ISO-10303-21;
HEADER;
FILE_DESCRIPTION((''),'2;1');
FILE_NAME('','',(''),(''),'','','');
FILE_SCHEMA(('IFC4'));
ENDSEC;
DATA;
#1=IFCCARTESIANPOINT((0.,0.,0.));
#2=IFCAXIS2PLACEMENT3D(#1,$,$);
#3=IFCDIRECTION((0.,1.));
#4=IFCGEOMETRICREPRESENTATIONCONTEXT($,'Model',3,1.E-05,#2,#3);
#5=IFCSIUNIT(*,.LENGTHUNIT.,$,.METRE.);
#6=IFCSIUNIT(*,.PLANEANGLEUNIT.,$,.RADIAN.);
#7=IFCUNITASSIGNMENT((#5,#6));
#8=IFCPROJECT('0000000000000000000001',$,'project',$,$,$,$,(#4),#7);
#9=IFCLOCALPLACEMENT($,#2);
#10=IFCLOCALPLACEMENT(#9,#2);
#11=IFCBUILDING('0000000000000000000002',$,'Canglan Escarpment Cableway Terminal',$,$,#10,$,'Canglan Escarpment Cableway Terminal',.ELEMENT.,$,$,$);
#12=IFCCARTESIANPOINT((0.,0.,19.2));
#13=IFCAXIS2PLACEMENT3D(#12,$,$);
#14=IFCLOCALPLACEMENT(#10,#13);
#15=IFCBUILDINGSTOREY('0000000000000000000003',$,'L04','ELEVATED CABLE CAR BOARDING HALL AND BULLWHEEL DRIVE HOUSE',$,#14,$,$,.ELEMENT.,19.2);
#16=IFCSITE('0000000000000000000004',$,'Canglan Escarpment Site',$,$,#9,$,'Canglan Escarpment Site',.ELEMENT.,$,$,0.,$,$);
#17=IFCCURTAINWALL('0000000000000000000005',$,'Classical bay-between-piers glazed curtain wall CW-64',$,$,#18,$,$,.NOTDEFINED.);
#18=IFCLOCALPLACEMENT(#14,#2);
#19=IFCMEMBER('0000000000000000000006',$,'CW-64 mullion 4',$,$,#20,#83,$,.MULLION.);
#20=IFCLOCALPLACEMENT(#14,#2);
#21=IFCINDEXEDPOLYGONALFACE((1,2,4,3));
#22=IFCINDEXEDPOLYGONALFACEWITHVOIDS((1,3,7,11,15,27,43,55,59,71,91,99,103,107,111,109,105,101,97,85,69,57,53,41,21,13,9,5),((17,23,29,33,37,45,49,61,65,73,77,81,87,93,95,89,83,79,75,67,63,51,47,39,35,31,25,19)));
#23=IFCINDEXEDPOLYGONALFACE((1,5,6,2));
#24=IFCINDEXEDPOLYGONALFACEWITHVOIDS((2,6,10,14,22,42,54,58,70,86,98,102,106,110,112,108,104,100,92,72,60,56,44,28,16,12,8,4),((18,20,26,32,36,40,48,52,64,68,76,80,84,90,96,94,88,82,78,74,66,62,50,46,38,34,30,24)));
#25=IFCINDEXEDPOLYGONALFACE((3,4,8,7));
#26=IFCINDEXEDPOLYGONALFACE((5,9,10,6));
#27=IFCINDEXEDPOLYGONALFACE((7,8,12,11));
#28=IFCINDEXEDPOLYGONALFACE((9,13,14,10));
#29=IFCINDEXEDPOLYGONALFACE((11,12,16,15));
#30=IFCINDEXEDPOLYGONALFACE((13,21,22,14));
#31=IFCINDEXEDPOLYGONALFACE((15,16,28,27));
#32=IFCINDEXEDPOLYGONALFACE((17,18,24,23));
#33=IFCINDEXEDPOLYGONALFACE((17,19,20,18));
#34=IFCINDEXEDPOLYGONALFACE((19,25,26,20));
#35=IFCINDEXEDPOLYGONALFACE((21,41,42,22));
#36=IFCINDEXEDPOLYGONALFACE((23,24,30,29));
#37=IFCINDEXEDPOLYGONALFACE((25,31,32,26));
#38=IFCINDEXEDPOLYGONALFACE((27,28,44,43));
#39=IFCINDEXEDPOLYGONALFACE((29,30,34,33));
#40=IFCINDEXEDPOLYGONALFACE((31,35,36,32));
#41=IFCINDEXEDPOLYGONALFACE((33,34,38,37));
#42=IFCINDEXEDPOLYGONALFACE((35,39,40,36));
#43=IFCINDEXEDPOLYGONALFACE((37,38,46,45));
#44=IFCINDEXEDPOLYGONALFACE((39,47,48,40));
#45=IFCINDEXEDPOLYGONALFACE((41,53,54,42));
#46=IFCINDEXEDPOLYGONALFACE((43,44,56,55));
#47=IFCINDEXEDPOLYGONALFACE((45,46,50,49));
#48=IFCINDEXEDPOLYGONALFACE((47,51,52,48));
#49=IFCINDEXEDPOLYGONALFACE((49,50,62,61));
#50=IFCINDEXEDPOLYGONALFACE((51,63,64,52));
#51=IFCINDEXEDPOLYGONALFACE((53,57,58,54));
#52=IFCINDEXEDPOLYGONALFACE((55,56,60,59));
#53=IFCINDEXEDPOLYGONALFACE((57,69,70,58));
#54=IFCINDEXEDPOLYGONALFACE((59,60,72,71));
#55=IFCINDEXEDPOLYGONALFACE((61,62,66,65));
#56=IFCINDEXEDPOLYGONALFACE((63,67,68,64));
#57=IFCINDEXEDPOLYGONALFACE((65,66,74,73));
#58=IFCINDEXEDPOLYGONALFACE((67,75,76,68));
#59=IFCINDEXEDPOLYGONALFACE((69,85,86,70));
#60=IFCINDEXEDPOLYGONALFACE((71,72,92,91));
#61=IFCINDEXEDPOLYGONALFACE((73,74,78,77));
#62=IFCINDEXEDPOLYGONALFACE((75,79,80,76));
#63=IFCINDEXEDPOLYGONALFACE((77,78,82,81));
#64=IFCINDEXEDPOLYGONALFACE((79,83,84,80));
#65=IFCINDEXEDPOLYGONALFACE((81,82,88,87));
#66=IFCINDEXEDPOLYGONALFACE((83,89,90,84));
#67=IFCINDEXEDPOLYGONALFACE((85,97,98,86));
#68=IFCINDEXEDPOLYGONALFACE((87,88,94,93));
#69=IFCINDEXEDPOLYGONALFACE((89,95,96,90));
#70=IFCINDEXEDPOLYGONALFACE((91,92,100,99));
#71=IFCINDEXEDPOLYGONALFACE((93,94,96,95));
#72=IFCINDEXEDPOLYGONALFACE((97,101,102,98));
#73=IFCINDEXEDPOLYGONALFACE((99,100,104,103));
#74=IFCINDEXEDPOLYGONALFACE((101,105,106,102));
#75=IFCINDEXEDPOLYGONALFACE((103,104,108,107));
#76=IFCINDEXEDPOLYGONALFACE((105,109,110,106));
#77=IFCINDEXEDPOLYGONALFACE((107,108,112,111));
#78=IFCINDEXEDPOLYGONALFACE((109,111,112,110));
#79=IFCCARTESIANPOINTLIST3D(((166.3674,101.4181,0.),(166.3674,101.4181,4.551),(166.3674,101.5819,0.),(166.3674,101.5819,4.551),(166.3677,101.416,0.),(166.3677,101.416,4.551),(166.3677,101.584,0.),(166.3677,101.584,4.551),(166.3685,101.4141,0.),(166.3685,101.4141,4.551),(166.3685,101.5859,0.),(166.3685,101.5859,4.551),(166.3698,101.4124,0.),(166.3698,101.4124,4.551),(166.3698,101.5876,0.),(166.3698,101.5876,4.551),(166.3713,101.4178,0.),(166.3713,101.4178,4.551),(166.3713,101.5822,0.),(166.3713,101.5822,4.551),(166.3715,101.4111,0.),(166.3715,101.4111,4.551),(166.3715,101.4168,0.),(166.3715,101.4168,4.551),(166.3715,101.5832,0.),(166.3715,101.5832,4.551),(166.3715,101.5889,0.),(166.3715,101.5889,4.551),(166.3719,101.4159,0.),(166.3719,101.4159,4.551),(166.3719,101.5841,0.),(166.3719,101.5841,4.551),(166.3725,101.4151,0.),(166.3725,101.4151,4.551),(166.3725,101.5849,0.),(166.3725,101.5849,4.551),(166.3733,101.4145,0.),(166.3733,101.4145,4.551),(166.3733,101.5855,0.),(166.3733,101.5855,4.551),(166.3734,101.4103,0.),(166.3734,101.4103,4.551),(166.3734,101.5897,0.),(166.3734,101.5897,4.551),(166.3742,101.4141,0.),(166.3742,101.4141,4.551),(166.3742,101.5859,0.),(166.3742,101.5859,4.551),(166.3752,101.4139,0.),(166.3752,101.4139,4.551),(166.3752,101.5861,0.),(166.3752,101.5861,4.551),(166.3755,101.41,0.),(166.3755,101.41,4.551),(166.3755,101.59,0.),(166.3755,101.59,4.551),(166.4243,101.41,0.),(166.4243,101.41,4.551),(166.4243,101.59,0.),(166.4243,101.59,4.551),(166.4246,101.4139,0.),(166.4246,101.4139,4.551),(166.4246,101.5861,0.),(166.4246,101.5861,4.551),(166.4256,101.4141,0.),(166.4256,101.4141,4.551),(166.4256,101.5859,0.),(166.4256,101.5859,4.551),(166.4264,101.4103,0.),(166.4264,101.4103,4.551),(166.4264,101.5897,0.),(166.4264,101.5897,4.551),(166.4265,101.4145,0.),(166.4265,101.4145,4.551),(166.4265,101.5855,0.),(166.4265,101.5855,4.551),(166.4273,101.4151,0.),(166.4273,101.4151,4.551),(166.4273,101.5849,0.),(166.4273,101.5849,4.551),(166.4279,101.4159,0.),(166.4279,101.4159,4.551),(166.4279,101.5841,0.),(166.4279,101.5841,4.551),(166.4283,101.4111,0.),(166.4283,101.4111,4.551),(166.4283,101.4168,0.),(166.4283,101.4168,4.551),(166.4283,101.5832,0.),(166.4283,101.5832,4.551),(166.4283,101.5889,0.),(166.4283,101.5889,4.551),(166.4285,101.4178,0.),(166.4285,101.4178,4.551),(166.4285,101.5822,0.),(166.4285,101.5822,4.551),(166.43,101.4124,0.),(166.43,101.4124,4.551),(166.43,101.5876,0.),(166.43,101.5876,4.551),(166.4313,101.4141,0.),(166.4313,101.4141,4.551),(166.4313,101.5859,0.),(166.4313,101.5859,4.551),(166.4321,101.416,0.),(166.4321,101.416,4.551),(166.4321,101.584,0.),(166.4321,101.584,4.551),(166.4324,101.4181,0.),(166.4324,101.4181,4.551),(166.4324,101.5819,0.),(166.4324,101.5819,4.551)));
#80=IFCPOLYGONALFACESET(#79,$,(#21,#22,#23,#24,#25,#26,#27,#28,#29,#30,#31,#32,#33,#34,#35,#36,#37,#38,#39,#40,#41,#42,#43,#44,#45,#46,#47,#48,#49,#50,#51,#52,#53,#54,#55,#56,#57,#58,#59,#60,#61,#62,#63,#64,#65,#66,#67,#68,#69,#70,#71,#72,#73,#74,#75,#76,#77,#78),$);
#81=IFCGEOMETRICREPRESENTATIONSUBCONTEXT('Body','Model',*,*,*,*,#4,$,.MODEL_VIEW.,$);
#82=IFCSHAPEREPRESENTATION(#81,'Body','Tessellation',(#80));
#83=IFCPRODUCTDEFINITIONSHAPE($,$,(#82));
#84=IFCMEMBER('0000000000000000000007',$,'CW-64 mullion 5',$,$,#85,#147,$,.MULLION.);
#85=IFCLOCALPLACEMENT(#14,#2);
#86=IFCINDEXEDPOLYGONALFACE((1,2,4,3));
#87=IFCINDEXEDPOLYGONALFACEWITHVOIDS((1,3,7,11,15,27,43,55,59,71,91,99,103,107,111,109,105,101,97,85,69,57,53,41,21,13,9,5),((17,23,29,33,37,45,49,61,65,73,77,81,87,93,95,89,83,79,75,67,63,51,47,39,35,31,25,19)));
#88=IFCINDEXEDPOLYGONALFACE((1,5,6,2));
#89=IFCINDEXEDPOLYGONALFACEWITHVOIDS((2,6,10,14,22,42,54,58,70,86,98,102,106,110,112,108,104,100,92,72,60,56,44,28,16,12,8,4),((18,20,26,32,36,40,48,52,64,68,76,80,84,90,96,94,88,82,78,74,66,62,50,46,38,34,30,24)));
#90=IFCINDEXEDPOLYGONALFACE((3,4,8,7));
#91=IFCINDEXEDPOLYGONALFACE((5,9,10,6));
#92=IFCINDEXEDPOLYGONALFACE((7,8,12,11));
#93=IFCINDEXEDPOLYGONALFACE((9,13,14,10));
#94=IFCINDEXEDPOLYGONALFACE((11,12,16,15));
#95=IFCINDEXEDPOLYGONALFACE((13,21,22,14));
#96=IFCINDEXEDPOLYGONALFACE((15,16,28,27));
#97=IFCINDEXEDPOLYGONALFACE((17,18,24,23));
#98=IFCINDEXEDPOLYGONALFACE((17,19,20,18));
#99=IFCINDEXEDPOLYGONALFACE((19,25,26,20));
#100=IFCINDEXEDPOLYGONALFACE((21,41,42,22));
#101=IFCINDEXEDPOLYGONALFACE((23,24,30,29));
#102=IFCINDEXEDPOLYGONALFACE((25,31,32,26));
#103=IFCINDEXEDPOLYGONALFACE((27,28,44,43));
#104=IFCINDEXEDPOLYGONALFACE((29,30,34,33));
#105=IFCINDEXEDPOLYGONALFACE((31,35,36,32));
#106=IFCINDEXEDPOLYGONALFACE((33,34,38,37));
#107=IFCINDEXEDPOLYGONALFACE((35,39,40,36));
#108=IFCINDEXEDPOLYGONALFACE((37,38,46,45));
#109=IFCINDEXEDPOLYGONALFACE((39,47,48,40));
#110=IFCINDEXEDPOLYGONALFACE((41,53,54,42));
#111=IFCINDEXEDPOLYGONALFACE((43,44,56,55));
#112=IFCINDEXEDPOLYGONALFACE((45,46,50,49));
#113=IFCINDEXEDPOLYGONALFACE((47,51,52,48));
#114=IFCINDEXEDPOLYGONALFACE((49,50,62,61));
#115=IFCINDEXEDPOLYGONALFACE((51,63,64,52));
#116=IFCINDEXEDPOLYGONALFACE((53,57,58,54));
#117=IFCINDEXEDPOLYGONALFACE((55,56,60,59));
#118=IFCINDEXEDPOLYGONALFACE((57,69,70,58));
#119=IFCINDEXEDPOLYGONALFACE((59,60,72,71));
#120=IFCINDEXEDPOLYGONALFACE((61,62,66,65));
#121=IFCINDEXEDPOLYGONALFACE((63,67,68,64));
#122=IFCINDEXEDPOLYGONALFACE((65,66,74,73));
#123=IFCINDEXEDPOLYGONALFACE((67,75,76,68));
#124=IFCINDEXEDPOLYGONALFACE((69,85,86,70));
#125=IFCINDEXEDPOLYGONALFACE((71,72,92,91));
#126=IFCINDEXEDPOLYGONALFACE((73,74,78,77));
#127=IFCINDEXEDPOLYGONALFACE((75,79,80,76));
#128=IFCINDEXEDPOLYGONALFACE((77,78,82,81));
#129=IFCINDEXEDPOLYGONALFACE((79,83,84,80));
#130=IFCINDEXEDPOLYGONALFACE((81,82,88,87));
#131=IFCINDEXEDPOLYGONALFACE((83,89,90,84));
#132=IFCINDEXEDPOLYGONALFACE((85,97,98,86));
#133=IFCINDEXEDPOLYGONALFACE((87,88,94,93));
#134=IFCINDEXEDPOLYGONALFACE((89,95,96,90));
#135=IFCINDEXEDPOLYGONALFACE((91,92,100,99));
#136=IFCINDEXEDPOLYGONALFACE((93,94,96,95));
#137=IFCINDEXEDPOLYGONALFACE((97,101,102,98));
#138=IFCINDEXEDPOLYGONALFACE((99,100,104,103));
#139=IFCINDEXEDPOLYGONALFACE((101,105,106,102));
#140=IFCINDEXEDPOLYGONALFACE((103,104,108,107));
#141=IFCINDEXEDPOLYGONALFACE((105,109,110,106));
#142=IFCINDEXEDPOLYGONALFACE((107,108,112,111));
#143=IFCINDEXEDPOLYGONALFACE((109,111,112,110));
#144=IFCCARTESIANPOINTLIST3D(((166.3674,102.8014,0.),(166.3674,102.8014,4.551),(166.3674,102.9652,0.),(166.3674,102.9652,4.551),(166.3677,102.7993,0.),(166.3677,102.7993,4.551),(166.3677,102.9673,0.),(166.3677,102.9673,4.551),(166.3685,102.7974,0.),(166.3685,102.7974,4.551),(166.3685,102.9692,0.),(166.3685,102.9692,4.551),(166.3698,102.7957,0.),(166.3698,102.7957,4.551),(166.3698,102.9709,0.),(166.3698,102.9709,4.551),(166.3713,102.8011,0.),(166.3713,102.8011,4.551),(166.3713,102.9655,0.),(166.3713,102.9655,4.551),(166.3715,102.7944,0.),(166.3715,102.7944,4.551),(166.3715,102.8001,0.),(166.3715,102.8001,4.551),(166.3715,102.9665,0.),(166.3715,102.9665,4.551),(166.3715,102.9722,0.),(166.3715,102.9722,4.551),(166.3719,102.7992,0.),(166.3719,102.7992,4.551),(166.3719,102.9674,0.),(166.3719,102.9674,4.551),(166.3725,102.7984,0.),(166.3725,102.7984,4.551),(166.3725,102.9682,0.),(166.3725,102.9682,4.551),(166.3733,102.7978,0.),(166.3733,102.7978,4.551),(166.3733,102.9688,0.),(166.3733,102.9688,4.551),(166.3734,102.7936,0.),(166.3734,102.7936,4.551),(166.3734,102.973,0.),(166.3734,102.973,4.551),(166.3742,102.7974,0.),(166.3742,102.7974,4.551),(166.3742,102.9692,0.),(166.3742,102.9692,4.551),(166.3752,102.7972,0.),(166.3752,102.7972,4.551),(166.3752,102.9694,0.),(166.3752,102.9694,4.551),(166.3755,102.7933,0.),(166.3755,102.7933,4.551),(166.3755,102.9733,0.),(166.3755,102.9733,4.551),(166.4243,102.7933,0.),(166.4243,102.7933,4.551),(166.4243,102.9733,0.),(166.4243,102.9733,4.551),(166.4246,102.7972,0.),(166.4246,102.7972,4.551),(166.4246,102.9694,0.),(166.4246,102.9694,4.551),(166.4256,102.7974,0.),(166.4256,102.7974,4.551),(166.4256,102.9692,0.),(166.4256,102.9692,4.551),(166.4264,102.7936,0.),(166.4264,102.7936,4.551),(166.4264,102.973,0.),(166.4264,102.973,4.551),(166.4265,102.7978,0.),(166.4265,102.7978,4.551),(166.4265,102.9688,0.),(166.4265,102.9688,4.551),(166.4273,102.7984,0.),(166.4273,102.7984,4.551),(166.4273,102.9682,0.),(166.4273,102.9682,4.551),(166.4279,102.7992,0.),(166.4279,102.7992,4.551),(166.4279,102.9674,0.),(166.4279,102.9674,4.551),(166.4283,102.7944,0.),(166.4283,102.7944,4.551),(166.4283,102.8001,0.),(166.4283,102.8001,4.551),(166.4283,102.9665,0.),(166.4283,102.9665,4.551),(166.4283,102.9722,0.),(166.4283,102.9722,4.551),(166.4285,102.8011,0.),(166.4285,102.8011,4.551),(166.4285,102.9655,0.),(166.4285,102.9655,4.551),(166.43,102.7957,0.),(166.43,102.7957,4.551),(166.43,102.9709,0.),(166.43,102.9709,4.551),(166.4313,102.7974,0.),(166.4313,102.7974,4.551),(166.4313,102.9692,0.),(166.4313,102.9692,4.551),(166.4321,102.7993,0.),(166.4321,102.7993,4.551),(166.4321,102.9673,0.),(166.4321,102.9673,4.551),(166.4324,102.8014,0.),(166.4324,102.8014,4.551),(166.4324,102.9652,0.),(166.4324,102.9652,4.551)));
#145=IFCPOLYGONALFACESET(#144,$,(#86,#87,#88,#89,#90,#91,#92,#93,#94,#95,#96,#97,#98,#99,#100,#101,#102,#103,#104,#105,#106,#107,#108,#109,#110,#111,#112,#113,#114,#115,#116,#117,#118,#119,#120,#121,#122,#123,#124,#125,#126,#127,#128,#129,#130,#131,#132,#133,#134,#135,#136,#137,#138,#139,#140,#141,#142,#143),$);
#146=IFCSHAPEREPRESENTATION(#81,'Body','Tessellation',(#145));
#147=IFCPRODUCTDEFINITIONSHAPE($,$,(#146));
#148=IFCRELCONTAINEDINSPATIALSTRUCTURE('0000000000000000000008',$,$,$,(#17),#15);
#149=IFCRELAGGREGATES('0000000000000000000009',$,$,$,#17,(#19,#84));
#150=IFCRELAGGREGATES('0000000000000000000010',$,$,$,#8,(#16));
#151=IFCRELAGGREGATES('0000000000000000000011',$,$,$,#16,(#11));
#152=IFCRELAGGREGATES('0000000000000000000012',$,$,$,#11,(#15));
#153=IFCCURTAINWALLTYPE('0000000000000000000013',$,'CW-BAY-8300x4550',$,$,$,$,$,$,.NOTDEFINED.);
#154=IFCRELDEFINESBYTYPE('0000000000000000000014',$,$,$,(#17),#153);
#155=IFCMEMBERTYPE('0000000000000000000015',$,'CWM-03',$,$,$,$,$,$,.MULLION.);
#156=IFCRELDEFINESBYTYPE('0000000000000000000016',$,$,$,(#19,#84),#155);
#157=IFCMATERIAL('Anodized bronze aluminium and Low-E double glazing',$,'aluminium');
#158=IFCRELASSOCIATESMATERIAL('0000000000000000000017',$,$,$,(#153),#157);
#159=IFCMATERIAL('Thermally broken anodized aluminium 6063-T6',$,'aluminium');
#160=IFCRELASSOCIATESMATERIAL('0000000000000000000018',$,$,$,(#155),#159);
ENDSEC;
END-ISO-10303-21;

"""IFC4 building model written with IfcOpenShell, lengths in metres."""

from ifc_helpers import new_model, si_unit, direction, frame, origin, origin_2d, place, context, subcontext, project, spatial, hollow_rectangle, extrude, material, material_profile, profile_set, type_object, element, aggregate, save


model = new_model("IFC4")

# Units and contexts
model_context = context("Model", 3, precision=1e-05, world=origin(), true_north=direction((0.0, 1.0)))
body_context = subcontext(model_context, "Body", "Model", "MODEL_VIEW")
ifc_project = project(units=[si_unit("LENGTHUNIT", "METRE"), si_unit("PLANEANGLEUNIT", "RADIAN")], contexts=[model_context])

# Site, building, storey
site_placement = place(None, origin())
site = spatial("IfcSite", under=ifc_project, at=site_placement, Name="Canglan Escarpment Site", LongName="Canglan Escarpment Site", CompositionType="ELEMENT", RefElevation=0.0)
building_placement = place(site_placement, origin())
building = spatial("IfcBuilding", under=site, at=building_placement, Name="Canglan Escarpment Cableway Terminal", LongName="Canglan Escarpment Cableway Terminal", CompositionType="ELEMENT")
storey_placement = place(building_placement, frame((0.0, 0.0, 19.2)))
storey = spatial("IfcBuildingStorey", under=building, at=storey_placement, Name="L04", Description="ELEVATED CABLE CAR BOARDING HALL AND BULLWHEEL DRIVE HOUSE", CompositionType="ELEMENT", Elevation=19.2)

# Curtain wall, members
ifc_material_1 = material(Name="Anodized bronze aluminium and Low-E double glazing", Category="aluminium")
curtain_wall_type = type_object("IfcCurtainWallType", Name="CW-BAY-8300x4550", PredefinedType="NOTDEFINED", material=ifc_material_1)
curtain_wall_placement = place(storey_placement, origin())
curtain_wall = element("IfcCurtainWall", 1, at=curtain_wall_placement, inside=storey, type_object=curtain_wall_type, Name="Classical bay-between-piers glazed curtain wall CW-64", PredefinedType="NOTDEFINED")
ifc_material_2 = material(Name="Thermally broken anodized aluminium 6063-T6", Category="aluminium")
ifc_material_profile_1 = material_profile(ifc_material_2, hollow_rectangle(XDim=0.0649, YDim=0.1799, WallThickness=0.0039, InnerFilletRadius=0.0039, OuterFilletRadius=0.0081, at=origin_2d()), Name="ALU-MULL 65x180x4")
ifc_profile_set_1 = profile_set([ifc_material_profile_1], Name="Thermally broken anodized aluminium 6063-T6")
member_type_1 = type_object("IfcMemberType", Name="CWM-03", PredefinedType="MULLION", material=ifc_profile_set_1)
member_1_placement = place(storey_placement, frame((166.3999, 101.5, 0.0), z_axis=(0.0, 0.0, 1.0), x_axis=(-1.0, 0.0, 0.0)))
member_1 = element("IfcMember", 2, at=member_1_placement, type_object=member_type_1, Name="CW-64 mullion 4", PredefinedType="MULLION", context=body_context, shape_type="SweptSolid", body=[
    extrude(hollow_rectangle(XDim=0.0649, YDim=0.1799, WallThickness=0.0039, InnerFilletRadius=0.0039, OuterFilletRadius=0.0081, at=origin_2d()), origin(), (0.0, 0.0, 1.0), 4.551),
])
member_2_placement = place(storey_placement, frame((166.3999, 102.8833, 0.0), z_axis=(0.0, 0.0, 1.0), x_axis=(-1.0, 0.0, 0.0)))
member_2 = element("IfcMember", 3, at=member_2_placement, type_object=member_type_1, Name="CW-64 mullion 5", PredefinedType="MULLION", context=body_context, shape_type="SweptSolid", body=[
    extrude(hollow_rectangle(XDim=0.0649, YDim=0.1799, WallThickness=0.0039, InnerFilletRadius=0.0039, OuterFilletRadius=0.0081, at=origin_2d()), origin(), (0.0, 0.0, 1.0), 4.551),
])
aggregate(curtain_wall, [member_1, member_2])

save(model, "model.ifc")
